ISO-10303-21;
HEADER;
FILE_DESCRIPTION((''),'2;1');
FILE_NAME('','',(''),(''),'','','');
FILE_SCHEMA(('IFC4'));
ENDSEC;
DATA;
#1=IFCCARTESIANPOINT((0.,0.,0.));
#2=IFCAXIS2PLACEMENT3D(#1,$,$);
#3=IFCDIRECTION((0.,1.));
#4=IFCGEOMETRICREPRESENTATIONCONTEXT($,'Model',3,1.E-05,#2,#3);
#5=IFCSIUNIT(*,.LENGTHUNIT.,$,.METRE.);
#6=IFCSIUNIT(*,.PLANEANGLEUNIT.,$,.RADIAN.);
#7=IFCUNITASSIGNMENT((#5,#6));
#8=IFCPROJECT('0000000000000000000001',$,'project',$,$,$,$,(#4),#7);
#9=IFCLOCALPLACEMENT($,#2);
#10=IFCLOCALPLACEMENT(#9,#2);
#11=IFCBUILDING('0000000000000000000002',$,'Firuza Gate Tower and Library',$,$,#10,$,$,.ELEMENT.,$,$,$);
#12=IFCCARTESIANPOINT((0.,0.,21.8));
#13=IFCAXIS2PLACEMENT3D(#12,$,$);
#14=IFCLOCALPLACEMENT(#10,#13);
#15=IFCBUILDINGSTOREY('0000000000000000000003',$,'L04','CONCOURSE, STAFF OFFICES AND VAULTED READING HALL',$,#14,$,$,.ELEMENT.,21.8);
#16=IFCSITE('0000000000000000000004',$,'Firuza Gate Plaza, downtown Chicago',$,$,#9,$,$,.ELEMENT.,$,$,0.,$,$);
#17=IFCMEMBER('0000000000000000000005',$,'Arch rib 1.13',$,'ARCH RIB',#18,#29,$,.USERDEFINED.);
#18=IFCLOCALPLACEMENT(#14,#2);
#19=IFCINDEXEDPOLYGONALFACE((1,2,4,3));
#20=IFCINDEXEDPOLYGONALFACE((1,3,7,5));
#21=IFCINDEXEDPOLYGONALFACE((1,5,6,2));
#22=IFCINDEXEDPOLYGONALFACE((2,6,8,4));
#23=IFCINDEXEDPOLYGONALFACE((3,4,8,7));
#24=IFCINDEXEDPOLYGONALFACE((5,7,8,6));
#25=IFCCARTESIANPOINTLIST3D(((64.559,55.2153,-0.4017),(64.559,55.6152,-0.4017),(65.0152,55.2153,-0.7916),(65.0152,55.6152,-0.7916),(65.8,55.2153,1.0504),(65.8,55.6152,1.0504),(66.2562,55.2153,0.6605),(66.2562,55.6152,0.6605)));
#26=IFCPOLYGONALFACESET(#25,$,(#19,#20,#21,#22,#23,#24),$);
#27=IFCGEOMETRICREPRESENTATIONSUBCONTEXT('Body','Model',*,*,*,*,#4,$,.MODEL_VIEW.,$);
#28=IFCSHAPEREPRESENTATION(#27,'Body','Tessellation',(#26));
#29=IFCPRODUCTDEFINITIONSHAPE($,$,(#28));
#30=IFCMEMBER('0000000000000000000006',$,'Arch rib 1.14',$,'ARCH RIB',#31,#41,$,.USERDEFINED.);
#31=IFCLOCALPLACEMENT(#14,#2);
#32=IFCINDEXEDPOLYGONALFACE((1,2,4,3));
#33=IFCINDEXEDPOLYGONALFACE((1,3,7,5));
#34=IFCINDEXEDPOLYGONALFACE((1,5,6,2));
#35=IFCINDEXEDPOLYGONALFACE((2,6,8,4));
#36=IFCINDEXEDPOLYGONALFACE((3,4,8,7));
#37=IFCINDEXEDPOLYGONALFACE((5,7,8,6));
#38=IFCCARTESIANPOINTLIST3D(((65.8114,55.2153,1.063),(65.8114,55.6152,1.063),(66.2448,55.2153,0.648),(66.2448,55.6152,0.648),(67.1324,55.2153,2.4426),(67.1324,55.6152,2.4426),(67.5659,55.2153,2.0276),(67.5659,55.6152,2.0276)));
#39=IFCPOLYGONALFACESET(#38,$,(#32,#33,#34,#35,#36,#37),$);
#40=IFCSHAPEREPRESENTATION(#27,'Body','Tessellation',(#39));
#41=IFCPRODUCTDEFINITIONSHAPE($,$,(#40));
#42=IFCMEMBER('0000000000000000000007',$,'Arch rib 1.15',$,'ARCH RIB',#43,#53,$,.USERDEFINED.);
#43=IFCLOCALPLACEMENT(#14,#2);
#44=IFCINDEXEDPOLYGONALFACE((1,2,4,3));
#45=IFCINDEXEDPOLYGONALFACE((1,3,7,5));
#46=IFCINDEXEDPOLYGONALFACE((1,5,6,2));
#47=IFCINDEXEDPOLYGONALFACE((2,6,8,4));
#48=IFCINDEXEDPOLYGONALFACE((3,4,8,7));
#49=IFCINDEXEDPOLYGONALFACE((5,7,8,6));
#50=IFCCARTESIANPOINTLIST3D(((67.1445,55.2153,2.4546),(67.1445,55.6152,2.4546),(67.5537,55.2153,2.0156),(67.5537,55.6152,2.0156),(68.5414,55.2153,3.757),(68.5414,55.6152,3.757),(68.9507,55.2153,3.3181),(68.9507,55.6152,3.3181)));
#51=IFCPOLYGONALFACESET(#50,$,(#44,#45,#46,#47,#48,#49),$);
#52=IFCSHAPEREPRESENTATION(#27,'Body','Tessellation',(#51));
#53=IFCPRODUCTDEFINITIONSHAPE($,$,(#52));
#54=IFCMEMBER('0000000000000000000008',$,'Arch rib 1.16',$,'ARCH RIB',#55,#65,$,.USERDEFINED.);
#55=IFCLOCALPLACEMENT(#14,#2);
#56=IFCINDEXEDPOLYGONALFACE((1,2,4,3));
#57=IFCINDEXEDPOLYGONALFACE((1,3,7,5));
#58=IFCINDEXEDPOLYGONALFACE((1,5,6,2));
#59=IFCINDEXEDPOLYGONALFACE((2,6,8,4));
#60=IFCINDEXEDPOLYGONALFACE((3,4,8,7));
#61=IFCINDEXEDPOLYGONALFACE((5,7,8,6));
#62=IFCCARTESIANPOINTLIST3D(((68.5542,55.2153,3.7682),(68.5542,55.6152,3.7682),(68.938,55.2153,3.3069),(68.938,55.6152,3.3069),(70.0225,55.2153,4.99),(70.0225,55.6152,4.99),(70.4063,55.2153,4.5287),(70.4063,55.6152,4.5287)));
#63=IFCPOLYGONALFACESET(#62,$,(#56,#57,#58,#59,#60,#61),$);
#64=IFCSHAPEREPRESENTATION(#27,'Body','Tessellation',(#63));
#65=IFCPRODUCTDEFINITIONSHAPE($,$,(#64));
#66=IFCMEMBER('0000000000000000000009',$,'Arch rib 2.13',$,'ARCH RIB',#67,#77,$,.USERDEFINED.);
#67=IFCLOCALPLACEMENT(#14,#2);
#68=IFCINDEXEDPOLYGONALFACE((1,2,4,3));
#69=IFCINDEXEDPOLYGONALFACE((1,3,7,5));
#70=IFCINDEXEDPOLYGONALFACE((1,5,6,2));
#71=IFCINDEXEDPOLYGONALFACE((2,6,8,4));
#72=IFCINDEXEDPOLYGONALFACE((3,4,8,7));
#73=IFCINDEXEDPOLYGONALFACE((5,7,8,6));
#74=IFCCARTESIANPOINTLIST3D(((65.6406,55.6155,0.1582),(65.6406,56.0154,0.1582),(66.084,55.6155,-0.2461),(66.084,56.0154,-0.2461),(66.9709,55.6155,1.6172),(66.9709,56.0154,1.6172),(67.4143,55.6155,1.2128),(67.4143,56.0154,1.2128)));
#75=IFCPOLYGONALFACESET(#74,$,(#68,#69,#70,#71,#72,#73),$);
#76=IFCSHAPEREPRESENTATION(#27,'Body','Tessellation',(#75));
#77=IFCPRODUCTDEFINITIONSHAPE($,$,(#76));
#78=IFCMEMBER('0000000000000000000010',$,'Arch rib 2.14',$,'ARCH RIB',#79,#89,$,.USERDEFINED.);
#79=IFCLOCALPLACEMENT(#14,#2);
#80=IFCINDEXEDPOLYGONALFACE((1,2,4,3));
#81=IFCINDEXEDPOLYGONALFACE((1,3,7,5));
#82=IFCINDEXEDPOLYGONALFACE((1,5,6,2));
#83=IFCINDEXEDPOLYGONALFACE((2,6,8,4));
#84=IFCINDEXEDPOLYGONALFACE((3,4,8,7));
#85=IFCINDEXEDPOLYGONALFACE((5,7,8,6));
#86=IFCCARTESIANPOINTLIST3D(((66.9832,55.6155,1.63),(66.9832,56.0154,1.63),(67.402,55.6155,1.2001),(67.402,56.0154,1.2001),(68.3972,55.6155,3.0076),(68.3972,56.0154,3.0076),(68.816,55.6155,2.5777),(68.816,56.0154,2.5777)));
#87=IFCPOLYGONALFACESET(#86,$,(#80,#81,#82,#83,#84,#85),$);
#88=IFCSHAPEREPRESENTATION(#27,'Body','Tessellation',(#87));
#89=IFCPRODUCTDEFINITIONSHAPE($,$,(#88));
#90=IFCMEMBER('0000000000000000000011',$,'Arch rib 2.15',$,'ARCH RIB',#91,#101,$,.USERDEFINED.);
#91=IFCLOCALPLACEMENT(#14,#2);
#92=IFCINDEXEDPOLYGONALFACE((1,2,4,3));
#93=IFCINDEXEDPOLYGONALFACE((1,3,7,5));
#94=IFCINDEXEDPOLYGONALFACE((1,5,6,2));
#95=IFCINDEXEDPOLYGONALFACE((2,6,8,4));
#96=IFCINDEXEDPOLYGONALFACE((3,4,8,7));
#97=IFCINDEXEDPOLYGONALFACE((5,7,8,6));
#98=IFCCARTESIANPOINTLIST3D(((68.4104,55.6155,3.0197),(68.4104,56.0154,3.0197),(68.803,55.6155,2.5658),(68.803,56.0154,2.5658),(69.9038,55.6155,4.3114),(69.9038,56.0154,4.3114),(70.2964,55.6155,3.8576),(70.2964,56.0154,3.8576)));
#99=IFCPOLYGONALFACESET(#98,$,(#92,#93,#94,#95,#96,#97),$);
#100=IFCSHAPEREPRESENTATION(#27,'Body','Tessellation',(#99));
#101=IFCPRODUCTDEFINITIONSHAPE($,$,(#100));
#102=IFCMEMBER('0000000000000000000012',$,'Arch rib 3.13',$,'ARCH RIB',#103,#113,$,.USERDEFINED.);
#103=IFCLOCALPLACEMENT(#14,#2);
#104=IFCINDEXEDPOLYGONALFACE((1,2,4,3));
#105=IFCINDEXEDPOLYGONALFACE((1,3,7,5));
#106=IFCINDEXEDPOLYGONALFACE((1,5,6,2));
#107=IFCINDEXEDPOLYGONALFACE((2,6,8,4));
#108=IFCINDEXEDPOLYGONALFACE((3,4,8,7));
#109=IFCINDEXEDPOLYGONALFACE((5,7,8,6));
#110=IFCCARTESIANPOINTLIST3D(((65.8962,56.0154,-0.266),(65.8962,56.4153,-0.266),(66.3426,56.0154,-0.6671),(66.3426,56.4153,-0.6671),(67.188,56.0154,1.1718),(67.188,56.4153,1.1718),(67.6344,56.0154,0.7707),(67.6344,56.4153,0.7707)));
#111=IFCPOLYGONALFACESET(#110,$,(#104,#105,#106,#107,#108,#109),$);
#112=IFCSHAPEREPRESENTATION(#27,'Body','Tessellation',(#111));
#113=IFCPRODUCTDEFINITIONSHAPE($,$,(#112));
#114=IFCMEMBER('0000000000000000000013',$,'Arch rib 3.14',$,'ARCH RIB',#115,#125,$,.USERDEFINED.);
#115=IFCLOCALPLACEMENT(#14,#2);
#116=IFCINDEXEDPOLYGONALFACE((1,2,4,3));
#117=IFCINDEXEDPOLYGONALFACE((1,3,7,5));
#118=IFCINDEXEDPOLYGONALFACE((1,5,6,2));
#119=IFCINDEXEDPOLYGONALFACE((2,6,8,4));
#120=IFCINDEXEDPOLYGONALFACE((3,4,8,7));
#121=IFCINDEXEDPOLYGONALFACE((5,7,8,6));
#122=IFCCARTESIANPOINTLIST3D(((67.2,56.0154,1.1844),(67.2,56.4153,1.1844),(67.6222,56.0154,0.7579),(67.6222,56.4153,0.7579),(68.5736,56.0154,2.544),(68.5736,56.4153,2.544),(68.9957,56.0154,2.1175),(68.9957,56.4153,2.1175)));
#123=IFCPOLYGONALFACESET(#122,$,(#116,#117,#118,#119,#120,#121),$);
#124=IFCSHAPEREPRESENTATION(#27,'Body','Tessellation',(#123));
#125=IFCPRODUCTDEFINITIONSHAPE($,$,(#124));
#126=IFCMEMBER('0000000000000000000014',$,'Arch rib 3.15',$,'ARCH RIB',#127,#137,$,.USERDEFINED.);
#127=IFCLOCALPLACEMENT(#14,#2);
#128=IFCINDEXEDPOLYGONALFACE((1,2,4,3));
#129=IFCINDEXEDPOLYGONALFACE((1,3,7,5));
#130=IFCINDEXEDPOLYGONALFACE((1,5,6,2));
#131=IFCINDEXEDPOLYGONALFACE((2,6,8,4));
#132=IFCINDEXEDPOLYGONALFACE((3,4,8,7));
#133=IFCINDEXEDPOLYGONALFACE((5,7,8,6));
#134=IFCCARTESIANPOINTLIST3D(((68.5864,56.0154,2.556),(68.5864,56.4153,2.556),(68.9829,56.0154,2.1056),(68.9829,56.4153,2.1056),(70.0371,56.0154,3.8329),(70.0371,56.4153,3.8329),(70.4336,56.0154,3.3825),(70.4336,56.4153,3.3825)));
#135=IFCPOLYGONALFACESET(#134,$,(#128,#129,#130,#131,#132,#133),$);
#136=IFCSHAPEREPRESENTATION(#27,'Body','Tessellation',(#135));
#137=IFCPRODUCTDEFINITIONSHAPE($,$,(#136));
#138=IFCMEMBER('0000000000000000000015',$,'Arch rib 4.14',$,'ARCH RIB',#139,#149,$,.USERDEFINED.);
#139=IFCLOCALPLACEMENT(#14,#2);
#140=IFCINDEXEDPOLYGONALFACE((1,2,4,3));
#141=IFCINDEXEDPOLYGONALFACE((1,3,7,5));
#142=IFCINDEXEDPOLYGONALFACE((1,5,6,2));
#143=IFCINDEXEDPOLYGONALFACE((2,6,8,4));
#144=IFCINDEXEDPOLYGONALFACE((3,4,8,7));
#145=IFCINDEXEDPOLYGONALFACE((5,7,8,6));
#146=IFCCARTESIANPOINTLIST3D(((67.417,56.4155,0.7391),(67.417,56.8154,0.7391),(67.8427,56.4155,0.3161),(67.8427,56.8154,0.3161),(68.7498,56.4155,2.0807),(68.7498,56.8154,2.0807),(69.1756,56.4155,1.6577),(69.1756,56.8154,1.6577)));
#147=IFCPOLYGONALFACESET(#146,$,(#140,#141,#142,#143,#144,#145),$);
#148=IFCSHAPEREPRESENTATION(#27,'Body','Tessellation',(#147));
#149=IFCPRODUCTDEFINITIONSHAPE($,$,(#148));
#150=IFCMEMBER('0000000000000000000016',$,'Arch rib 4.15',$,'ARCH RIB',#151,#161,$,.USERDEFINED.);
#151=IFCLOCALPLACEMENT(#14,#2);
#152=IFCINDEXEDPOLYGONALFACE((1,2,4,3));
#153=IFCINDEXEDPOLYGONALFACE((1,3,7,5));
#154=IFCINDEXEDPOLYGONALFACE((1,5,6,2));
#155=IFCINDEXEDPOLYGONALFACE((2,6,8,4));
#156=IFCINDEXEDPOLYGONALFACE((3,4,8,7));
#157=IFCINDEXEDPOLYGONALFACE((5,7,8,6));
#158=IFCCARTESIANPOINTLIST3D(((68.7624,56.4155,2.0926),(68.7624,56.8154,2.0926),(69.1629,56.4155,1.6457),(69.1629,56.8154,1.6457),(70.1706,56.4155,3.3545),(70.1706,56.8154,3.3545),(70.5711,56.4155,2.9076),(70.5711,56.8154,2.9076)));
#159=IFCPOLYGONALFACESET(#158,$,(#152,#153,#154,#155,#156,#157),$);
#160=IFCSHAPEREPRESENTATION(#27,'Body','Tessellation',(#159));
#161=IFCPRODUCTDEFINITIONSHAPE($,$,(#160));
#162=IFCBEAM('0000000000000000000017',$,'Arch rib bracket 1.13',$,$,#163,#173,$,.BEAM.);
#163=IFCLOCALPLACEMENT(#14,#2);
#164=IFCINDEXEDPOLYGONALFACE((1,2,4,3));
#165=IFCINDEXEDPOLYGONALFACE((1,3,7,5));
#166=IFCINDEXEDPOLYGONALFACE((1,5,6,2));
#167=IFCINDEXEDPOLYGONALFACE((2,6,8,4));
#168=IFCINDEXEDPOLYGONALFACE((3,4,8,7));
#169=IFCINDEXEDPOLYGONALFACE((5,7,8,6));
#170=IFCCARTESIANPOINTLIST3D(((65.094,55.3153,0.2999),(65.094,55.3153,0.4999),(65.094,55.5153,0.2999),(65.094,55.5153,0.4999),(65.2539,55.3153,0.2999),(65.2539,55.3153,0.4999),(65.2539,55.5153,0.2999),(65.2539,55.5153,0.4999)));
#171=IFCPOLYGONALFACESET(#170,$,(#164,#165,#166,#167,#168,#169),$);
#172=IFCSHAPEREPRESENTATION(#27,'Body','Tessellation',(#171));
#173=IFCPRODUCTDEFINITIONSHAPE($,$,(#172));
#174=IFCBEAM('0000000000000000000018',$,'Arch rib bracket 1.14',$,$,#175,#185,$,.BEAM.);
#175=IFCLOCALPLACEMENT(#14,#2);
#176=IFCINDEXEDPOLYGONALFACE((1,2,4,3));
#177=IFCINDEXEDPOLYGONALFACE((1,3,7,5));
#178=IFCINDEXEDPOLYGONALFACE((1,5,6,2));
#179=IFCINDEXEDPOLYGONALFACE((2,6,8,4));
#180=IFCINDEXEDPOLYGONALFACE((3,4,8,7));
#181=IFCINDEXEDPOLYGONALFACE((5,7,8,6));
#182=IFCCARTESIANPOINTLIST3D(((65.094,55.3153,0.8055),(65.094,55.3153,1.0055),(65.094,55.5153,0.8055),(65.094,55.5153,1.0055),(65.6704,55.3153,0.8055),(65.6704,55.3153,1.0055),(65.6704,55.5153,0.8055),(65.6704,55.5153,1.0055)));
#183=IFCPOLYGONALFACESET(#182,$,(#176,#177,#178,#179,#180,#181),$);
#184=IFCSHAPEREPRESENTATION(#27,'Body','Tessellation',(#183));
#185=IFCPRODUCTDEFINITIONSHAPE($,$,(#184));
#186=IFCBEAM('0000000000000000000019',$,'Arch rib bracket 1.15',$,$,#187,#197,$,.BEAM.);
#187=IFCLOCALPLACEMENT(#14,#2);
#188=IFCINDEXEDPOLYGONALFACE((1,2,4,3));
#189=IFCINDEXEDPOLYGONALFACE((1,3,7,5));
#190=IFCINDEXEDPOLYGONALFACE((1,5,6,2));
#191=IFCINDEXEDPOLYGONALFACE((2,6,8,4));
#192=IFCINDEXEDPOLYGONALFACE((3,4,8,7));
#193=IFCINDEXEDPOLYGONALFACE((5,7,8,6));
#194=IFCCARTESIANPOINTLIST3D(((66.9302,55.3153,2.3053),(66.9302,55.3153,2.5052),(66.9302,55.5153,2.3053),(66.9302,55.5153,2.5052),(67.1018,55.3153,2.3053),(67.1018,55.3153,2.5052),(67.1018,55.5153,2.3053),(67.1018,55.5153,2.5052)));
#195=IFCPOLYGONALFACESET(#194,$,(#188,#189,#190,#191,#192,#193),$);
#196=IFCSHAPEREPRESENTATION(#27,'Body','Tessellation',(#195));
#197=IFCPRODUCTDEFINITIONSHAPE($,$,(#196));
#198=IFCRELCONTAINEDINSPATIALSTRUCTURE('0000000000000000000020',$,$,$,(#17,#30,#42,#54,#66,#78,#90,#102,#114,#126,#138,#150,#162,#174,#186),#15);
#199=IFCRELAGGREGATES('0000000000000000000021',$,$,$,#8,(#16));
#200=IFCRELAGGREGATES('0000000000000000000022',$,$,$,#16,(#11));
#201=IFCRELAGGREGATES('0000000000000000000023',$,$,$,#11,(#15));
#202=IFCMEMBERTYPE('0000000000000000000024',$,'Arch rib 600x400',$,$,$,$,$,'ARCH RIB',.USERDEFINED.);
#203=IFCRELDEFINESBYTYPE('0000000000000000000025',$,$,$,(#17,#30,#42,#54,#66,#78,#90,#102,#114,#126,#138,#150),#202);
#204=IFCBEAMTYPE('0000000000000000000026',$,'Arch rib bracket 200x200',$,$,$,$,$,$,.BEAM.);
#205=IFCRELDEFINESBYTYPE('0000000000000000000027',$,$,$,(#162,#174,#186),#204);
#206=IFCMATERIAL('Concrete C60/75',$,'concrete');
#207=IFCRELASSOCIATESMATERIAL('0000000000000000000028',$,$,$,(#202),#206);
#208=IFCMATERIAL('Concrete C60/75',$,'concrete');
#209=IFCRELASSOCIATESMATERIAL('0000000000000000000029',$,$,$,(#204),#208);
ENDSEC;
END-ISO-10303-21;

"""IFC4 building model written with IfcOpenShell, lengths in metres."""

from ifc_helpers import new_model, si_unit, direction, frame, origin, origin_2d, place, context, subcontext, project, spatial, rectangle, extrude, material, material_profile, profile_set, type_object, element, save


model = new_model("IFC4")

# Units and contexts
model_context = context("Model", 3, precision=1e-05, world=origin(), true_north=direction((0.0, 1.0)))
body_context = subcontext(model_context, "Body", "Model", "MODEL_VIEW")
ifc_project = project(units=[si_unit("LENGTHUNIT", "METRE"), si_unit("PLANEANGLEUNIT", "RADIAN")], contexts=[model_context])

# Site, building, storey
site_placement = place(None, origin())
site = spatial("IfcSite", under=ifc_project, at=site_placement, Name="Firuza Gate Plaza, downtown Chicago", CompositionType="ELEMENT", RefElevation=0.0)
building_placement = place(site_placement, origin())
building = spatial("IfcBuilding", under=site, at=building_placement, Name="Firuza Gate Tower and Library", CompositionType="ELEMENT")
storey_placement = place(building_placement, frame((0.0, 0.0, 21.8)))
storey = spatial("IfcBuildingStorey", under=building, at=storey_placement, Name="L04", Description="CONCOURSE, STAFF OFFICES AND VAULTED READING HALL", CompositionType="ELEMENT", Elevation=21.8)

# Members
ifc_material_1 = material(Name="Concrete C60/75", Category="concrete")
ifc_material_profile_1 = material_profile(ifc_material_1, rectangle(XDim=0.3999, YDim=0.6001, at=origin_2d()))
ifc_profile_set_1 = profile_set([ifc_material_profile_1], Name="Concrete C60/75")
member_type_1 = type_object("IfcMemberType", Name="Arch rib 600x400", ElementType="ARCH RIB", PredefinedType="USERDEFINED", material=ifc_profile_set_1)
for number, where, z_axis, x_axis, name in (
    (1, (64.7871, 55.4153, -0.5967), (0.649664, 0.0, 0.760221), (0.0, 1.0, 0.0), "Arch rib 1.13"),
    (2, (66.0281, 55.4153, 0.8555), (0.691603, 0.0, 0.722278), (0.0, 1.0, 0.0), "Arch rib 1.14"),
):
    element("IfcMember", number, at=place(storey_placement, frame(where, z_axis=z_axis, x_axis=x_axis)), inside=storey, type_object=member_type_1, Name=name, ObjectType="ARCH RIB", PredefinedType="USERDEFINED", context=body_context, shape_type="SweptSolid", body=[
        extrude(rectangle(XDim=0.3999, YDim=0.6001, at=origin_2d()), origin(), (0.0, 0.0, 1.0), 1.9102),
    ])
member_1_placement = place(storey_placement, frame((67.3491, 55.4153, 2.2351), z_axis=(0.731408, 0.0, 0.68194), x_axis=(0.0, 1.0, 0.0)))
element("IfcMember", 3, at=member_1_placement, inside=storey, type_object=member_type_1, Name="Arch rib 1.15", ObjectType="ARCH RIB", PredefinedType="USERDEFINED", context=body_context, shape_type="SweptSolid", body=[
    extrude(rectangle(XDim=0.3999, YDim=0.6001, at=origin_2d()), origin(), (0.0, 0.0, 1.0), 1.9099),
])
member_2_placement = place(storey_placement, frame((68.7461, 55.4153, 3.5376), z_axis=(0.768703, 0.0, 0.639606), x_axis=(0.0, 1.0, 0.0)))
element("IfcMember", 4, at=member_2_placement, inside=storey, type_object=member_type_1, Name="Arch rib 1.16", ObjectType="ARCH RIB", PredefinedType="USERDEFINED", context=body_context, shape_type="SweptSolid", body=[
    extrude(rectangle(XDim=0.3999, YDim=0.6001, at=origin_2d()), origin(), (0.0, 0.0, 1.0), 1.9102),
])
member_3_placement = place(storey_placement, frame((65.8623, 55.8154, -0.0439), z_axis=(0.673774, 0.0, 0.738938), x_axis=(0.0, 1.0, 0.0)))
element("IfcMember", 5, at=member_3_placement, inside=storey, type_object=member_type_1, Name="Arch rib 2.13", ObjectType="ARCH RIB", PredefinedType="USERDEFINED", context=body_context, shape_type="SweptSolid", body=[
    extrude(rectangle(XDim=0.3999, YDim=0.6001, at=origin_2d()), origin(), (0.0, 0.0, 1.0), 1.9744),
])
member_4_placement = place(storey_placement, frame((67.1926, 55.8154, 1.415), z_axis=(0.71626, 0.0, 0.697834), x_axis=(0.0, 1.0, 0.0)))
element("IfcMember", 6, at=member_4_placement, inside=storey, type_object=member_type_1, Name="Arch rib 2.14", ObjectType="ARCH RIB", PredefinedType="USERDEFINED", context=body_context, shape_type="SweptSolid", body=[
    extrude(rectangle(XDim=0.3999, YDim=0.6001, at=origin_2d()), origin(), (0.0, 0.0, 1.0), 1.9741),
])
member_5_placement = place(storey_placement, frame((68.6067, 55.8154, 2.7927), z_axis=(0.756325, 0.0, 0.654196), x_axis=(0.0, 1.0, 0.0)))
element("IfcMember", 7, at=member_5_placement, inside=storey, type_object=member_type_1, Name="Arch rib 2.15", ObjectType="ARCH RIB", PredefinedType="USERDEFINED", context=body_context, shape_type="SweptSolid", body=[
    extrude(rectangle(XDim=0.3999, YDim=0.6001, at=origin_2d()), origin(), (0.0, 0.0, 1.0), 1.9746),
])
member_6_placement = place(storey_placement, frame((66.1194, 56.2153, -0.4666), z_axis=(0.668329, 0.0, 0.743865), x_axis=(0.0, 1.0, 0.0)))
element("IfcMember", 8, at=member_6_placement, inside=storey, type_object=member_type_1, Name="Arch rib 3.13", ObjectType="ARCH RIB", PredefinedType="USERDEFINED", context=body_context, shape_type="SweptSolid", body=[
    extrude(rectangle(XDim=0.3999, YDim=0.6001, at=origin_2d()), origin(), (0.0, 0.0, 1.0), 1.9329),
])
for number, where, z_axis, x_axis, name in (
    (9, (67.4111, 56.2153, 0.9712), (0.710698, 0.0, 0.703497), (0.0, 1.0, 0.0), "Arch rib 3.14"),
    (10, (68.7847, 56.2153, 2.3308), (0.750648, 0.0, 0.660702), (0.0, 1.0, 0.0), "Arch rib 3.15"),
):
    element("IfcMember", number, at=place(storey_placement, frame(where, z_axis=z_axis, x_axis=x_axis)), inside=storey, type_object=member_type_1, Name=name, ObjectType="ARCH RIB", PredefinedType="USERDEFINED", context=body_context, shape_type="SweptSolid", body=[
        extrude(rectangle(XDim=0.3999, YDim=0.6001, at=origin_2d()), origin(), (0.0, 0.0, 1.0), 1.9326),
    ])
member_7_placement = place(storey_placement, frame((67.6299, 56.6155, 0.5276), z_axis=(0.704779, 0.0, 0.709427), x_axis=(0.0, 1.0, 0.0)))
element("IfcMember", 11, at=member_7_placement, inside=storey, type_object=member_type_1, Name="Arch rib 4.14", ObjectType="ARCH RIB", PredefinedType="USERDEFINED", context=body_context, shape_type="SweptSolid", body=[
    extrude(rectangle(XDim=0.3999, YDim=0.6001, at=origin_2d()), origin(), (0.0, 0.0, 1.0), 1.8911),
])
member_8_placement = place(storey_placement, frame((68.9626, 56.6155, 1.8691), z_axis=(0.744718, 0.0, 0.66738), x_axis=(0.0, 1.0, 0.0)))
element("IfcMember", 12, at=member_8_placement, inside=storey, type_object=member_type_1, Name="Arch rib 4.15", ObjectType="ARCH RIB", PredefinedType="USERDEFINED", context=body_context, shape_type="SweptSolid", body=[
    extrude(rectangle(XDim=0.3999, YDim=0.6001, at=origin_2d()), origin(), (0.0, 0.0, 1.0), 1.8909),
])

# Beams
ifc_material_2 = material(Name="Concrete C60/75", Category="concrete")
ifc_material_profile_2 = material_profile(ifc_material_2, rectangle(XDim=0.2, YDim=0.2, at=origin_2d()))
ifc_profile_set_2 = profile_set([ifc_material_profile_2], Name="Concrete C60/75")
beam_type_1 = type_object("IfcBeamType", Name="Arch rib bracket 200x200", PredefinedType="BEAM", material=ifc_profile_set_2)
beam_1_placement = place(storey_placement, frame((65.094, 55.4153, 0.3999), z_axis=(1.0, 0.0, 0.0), x_axis=(0.0, 1.0, 0.0)))
element("IfcBeam", 13, at=beam_1_placement, inside=storey, type_object=beam_type_1, Name="Arch rib bracket 1.13", PredefinedType="BEAM", context=body_context, shape_type="SweptSolid", body=[
    extrude(rectangle(XDim=0.2, YDim=0.2, at=origin_2d()), origin(), (0.0, 0.0, 1.0), 0.1599),
])
beam_2_placement = place(storey_placement, frame((65.094, 55.4153, 0.9055), z_axis=(1.0, 0.0, 0.0), x_axis=(0.0, 1.0, 0.0)))
element("IfcBeam", 14, at=beam_2_placement, inside=storey, type_object=beam_type_1, Name="Arch rib bracket 1.14", PredefinedType="BEAM", context=body_context, shape_type="SweptSolid", body=[
    extrude(rectangle(XDim=0.2, YDim=0.2, at=origin_2d()), origin(), (0.0, 0.0, 1.0), 0.5764),
])
beam_3_placement = place(storey_placement, frame((66.9302, 55.4153, 2.4053), z_axis=(1.0, 0.0, 0.0), x_axis=(0.0, 1.0, 0.0)))
element("IfcBeam", 15, at=beam_3_placement, inside=storey, type_object=beam_type_1, Name="Arch rib bracket 1.15", PredefinedType="BEAM", context=body_context, shape_type="SweptSolid", body=[
    extrude(rectangle(XDim=0.2, YDim=0.2, at=origin_2d()), origin(), (0.0, 0.0, 1.0), 0.1716),
])

save(model, "model.ifc")
